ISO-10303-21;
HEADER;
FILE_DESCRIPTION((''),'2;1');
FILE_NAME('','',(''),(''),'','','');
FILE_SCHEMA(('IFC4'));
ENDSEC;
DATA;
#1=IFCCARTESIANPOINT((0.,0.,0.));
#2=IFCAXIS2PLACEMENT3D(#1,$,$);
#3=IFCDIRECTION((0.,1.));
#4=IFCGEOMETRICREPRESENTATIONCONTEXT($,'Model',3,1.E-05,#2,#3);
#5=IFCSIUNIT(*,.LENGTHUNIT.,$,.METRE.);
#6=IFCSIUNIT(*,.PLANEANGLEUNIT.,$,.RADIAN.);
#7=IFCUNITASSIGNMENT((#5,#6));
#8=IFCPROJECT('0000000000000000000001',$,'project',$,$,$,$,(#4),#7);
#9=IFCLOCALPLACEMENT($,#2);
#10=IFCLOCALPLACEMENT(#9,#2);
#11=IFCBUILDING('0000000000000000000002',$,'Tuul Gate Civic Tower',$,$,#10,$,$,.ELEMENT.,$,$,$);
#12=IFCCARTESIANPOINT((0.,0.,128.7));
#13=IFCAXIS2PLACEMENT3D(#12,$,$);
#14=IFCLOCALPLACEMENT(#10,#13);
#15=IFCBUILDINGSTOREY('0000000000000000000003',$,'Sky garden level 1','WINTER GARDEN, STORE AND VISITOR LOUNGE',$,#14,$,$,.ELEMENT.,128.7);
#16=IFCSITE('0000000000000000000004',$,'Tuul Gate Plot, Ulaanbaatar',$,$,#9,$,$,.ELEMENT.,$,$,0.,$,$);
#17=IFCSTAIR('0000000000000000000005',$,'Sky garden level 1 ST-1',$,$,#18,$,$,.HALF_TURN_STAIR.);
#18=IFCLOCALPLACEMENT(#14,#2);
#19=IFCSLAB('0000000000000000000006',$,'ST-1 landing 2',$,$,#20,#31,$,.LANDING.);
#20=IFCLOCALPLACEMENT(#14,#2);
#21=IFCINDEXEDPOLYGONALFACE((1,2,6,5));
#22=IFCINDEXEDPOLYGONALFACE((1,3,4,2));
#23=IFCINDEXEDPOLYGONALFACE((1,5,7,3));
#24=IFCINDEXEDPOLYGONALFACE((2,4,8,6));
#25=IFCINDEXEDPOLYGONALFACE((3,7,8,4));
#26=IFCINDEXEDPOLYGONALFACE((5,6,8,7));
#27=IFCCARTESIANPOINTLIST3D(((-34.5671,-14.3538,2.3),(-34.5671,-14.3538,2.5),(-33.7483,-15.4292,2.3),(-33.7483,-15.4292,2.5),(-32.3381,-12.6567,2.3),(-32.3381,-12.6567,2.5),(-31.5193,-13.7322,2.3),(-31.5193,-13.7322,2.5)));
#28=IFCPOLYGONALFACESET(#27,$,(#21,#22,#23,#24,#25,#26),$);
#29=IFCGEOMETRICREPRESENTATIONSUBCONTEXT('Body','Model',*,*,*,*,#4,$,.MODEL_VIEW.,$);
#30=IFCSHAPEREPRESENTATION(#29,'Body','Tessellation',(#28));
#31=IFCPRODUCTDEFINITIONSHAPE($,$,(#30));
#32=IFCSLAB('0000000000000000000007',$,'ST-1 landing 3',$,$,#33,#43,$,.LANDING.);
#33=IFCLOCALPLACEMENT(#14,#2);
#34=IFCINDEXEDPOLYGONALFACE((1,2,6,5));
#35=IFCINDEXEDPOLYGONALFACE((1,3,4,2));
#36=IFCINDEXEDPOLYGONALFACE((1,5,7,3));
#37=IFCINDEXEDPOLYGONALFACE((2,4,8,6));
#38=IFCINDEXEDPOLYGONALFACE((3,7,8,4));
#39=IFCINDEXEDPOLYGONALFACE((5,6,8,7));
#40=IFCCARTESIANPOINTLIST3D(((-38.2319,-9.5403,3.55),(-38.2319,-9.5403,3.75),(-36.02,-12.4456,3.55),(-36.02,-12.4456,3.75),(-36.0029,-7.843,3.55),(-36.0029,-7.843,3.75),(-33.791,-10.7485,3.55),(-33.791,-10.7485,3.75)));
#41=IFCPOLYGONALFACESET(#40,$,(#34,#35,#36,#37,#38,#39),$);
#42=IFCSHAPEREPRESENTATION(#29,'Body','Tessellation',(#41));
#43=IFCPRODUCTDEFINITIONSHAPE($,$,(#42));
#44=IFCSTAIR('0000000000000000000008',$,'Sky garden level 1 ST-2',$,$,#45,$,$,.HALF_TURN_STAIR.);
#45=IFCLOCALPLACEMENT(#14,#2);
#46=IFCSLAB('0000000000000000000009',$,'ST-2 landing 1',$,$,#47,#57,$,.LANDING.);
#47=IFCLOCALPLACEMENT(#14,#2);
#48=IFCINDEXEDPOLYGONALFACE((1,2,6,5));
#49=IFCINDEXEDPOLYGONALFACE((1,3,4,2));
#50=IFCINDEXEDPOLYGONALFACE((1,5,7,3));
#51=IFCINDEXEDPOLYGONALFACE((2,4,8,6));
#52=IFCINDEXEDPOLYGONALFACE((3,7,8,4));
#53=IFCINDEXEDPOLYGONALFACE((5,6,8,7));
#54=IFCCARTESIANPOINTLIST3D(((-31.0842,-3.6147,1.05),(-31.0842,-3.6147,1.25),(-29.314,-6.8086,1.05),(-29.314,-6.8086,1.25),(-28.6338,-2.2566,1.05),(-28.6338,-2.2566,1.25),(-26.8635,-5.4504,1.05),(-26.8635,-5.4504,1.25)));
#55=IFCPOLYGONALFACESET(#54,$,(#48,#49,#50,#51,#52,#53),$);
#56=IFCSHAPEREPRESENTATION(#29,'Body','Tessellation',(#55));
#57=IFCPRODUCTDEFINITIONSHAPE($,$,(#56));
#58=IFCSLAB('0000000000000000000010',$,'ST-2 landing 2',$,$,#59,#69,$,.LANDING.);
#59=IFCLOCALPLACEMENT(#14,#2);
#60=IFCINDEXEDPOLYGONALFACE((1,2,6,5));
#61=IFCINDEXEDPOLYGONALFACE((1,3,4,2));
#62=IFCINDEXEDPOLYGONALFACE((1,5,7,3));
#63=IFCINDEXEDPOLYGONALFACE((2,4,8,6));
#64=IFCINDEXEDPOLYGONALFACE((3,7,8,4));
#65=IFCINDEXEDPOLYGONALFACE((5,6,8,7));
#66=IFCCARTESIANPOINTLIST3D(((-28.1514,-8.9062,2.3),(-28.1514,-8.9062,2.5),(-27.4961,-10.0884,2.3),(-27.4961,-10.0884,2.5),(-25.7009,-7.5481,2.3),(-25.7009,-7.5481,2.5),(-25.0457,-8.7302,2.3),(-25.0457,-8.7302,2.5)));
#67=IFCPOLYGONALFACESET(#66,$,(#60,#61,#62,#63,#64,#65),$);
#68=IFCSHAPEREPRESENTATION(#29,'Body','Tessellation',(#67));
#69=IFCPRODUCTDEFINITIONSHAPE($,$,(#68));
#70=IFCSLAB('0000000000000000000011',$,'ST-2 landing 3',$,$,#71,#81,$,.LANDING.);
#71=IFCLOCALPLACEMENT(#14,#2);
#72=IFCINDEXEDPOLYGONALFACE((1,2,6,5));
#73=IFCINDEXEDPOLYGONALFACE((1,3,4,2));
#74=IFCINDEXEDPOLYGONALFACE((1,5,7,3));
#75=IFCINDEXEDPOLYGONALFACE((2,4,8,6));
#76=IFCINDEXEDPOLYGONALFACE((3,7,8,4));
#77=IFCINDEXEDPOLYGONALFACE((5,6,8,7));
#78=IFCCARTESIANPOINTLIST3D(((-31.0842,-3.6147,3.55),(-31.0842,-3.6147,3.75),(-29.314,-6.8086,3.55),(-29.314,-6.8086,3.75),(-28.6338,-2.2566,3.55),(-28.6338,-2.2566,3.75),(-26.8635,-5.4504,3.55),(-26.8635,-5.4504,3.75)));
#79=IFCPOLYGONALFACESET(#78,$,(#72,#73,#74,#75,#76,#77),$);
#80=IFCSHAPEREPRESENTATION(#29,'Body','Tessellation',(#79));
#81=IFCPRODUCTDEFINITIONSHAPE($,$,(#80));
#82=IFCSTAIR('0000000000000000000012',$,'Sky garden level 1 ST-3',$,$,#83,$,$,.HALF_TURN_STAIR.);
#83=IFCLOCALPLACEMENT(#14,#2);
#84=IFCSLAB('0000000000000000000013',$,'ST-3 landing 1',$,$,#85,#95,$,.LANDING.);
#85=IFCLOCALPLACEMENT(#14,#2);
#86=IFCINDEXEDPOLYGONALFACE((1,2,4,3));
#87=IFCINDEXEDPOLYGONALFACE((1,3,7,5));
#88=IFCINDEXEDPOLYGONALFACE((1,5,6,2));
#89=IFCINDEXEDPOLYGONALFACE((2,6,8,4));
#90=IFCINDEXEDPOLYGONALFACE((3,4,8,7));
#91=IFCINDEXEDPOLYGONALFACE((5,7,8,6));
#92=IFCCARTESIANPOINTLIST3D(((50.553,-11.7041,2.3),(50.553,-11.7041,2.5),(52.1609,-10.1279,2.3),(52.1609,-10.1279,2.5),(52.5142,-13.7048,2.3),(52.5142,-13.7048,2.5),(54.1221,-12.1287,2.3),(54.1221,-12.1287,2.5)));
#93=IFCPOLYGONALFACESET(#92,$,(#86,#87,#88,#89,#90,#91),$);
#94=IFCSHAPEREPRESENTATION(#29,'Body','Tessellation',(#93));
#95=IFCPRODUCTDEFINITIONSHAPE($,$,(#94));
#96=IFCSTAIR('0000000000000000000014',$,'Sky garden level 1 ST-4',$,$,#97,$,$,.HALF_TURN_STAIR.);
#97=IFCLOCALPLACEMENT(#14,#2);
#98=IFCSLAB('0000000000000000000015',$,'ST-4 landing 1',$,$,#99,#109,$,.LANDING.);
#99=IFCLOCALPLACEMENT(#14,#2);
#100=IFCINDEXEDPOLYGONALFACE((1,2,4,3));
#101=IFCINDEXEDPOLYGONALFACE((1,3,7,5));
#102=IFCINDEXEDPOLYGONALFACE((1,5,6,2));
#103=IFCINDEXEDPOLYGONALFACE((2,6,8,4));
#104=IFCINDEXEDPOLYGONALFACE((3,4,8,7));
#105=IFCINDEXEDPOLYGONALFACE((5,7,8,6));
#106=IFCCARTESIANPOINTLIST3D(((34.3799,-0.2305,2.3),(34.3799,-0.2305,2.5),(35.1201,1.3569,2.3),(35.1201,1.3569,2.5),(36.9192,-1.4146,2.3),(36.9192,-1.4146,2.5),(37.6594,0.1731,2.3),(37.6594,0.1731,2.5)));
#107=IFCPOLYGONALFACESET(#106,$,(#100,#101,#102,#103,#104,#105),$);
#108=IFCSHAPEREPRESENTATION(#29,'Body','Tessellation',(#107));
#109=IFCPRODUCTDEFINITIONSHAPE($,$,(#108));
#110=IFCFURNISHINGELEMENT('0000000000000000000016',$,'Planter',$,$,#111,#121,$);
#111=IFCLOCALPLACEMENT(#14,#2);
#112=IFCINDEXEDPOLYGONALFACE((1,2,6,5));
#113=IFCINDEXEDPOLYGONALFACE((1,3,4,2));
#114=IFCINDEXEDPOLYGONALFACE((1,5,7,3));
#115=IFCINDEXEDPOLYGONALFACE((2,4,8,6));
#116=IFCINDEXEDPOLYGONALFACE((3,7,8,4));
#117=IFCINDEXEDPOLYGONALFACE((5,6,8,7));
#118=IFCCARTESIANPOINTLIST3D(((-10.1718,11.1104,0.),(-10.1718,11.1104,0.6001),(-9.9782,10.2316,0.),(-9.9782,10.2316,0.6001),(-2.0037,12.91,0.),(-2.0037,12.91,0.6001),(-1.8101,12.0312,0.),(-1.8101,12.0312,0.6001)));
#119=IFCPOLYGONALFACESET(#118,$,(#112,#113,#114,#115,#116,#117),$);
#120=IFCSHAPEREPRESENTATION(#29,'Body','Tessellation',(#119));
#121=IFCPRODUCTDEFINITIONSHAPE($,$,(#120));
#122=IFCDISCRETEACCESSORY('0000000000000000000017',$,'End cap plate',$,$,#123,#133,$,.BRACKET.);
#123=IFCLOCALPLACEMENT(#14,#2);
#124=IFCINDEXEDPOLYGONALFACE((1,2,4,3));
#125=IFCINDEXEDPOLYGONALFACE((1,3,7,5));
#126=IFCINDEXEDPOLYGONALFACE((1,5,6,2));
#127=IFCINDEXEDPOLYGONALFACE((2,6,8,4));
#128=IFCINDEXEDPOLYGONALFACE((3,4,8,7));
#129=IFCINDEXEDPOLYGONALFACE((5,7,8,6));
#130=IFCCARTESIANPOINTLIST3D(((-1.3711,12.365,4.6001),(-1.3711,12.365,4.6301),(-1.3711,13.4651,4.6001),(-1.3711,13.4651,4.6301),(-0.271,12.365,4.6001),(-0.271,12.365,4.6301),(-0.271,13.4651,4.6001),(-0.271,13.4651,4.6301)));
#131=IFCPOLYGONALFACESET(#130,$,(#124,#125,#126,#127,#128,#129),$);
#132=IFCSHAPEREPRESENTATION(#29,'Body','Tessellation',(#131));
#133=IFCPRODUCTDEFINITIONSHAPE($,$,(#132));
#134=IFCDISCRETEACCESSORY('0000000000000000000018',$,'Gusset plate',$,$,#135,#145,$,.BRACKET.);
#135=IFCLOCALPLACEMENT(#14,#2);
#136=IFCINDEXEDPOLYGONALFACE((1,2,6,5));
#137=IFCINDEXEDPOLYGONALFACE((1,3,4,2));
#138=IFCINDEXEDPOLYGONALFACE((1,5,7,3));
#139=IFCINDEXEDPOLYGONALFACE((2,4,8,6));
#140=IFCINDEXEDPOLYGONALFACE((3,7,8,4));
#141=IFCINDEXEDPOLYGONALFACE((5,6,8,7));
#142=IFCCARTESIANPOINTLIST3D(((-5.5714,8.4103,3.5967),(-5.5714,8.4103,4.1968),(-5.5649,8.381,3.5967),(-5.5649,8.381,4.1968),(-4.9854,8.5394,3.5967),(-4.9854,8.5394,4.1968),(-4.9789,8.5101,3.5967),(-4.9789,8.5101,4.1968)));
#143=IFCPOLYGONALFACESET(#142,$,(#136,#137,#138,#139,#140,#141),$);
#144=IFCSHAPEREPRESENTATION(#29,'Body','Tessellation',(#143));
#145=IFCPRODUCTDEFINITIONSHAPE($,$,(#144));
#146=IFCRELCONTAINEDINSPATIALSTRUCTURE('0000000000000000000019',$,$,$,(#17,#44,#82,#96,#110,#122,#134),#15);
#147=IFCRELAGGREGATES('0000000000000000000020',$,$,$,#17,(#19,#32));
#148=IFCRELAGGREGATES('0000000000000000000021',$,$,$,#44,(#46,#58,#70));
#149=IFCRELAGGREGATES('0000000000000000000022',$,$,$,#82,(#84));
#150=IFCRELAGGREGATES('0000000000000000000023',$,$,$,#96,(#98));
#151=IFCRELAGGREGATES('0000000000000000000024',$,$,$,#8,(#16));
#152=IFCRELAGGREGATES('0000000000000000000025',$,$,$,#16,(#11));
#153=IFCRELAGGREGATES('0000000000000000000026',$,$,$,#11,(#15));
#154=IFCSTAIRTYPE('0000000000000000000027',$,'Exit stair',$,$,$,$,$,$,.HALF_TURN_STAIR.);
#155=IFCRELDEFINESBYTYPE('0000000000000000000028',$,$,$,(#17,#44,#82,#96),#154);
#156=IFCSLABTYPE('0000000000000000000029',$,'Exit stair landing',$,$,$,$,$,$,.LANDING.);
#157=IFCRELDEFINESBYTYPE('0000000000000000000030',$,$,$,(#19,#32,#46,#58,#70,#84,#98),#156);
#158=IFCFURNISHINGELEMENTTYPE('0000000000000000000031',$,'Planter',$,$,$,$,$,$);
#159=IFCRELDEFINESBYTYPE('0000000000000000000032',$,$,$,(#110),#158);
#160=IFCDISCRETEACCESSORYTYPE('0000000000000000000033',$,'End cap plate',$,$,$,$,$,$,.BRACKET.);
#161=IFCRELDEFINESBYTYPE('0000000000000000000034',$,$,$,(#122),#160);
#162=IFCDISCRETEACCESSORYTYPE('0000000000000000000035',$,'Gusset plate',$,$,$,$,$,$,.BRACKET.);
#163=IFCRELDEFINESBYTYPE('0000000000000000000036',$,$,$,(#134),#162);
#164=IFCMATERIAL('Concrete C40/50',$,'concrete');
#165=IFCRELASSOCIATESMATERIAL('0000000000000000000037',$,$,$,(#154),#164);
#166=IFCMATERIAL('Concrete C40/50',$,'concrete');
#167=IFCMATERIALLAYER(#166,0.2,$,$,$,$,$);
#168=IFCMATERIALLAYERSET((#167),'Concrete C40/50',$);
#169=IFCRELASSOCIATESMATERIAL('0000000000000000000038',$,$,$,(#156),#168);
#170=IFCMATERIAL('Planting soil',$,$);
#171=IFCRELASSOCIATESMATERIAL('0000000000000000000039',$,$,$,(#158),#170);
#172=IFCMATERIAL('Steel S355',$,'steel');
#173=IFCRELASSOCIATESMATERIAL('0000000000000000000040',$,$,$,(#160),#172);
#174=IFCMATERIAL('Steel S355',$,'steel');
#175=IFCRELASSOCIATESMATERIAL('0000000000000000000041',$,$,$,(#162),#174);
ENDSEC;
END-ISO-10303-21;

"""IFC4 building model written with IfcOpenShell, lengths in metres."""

from ifc_helpers import new_model, si_unit, direction, frame, origin, origin_2d, place, context, subcontext, project, spatial, polyline, rectangle, outline, extrude, material, layer, layer_set, type_object, element, aggregate, save


model = new_model("IFC4")

# Units and contexts
model_context = context("Model", 3, precision=1e-05, world=origin(), true_north=direction((0.0, 1.0)))
body_context = subcontext(model_context, "Body", "Model", "MODEL_VIEW")
ifc_project = project(units=[si_unit("LENGTHUNIT", "METRE"), si_unit("PLANEANGLEUNIT", "RADIAN")], contexts=[model_context])

# Site, building, storey
site_placement = place(None, origin())
site = spatial("IfcSite", under=ifc_project, at=site_placement, Name="Tuul Gate Plot, Ulaanbaatar", CompositionType="ELEMENT", RefElevation=0.0)
building_placement = place(site_placement, origin())
building = spatial("IfcBuilding", under=site, at=building_placement, Name="Tuul Gate Civic Tower", CompositionType="ELEMENT")
storey_placement = place(building_placement, frame((0.0, 0.0, 128.7)))
storey = spatial("IfcBuildingStorey", under=building, at=storey_placement, Name="Sky garden level 1", Description="WINTER GARDEN, STORE AND VISITOR LOUNGE", CompositionType="ELEMENT", Elevation=128.7)

# Stairs, slabs
ifc_material_1 = material(Name="Concrete C40/50", Category="concrete")
stair_type = type_object("IfcStairType", Name="Exit stair", PredefinedType="HALF_TURN_STAIR", material=ifc_material_1)
stair_1_placement = place(storey_placement, origin())
stair_1 = element("IfcStair", 1, at=stair_1_placement, inside=storey, type_object=stair_type, Name="Sky garden level 1 ST-1", PredefinedType="HALF_TURN_STAIR")
ifc_material_2 = material(Name="Concrete C40/50", Category="concrete")
ifc_layer_1 = layer(ifc_material_2, 0.2)
ifc_layer_set_1 = layer_set([ifc_layer_1], Name="Concrete C40/50")
slab_type_1 = type_object("IfcSlabType", Name="Exit stair landing", PredefinedType="LANDING", material=ifc_layer_set_1)
slab_1_placement = place(storey_placement, frame((0.0, 0.0, 2.3)))
slab_1 = element("IfcSlab", 2, at=slab_1_placement, type_object=slab_type_1, Name="ST-1 landing 2", PredefinedType="LANDING", context=body_context, shape_type="SweptSolid", body=[
    extrude(outline(polyline([(-31.5193, -13.7322), (-33.7483, -15.4292), (-34.5671, -14.3538), (-32.3381, -12.6567), (-31.5193, -13.7322)])), origin(), (0.0, 0.0, 1.0), 0.2),
])
slab_2_placement = place(storey_placement, frame((0.0, 0.0, 3.55)))
slab_2 = element("IfcSlab", 3, at=slab_2_placement, type_object=slab_type_1, Name="ST-1 landing 3", PredefinedType="LANDING", context=body_context, shape_type="SweptSolid", body=[
    extrude(outline(polyline([(-33.791, -10.7485), (-36.02, -12.4456), (-38.2319, -9.5403), (-36.0029, -7.843), (-33.791, -10.7485)])), origin(), (0.0, 0.0, 1.0), 0.2),
])
aggregate(stair_1, [slab_1, slab_2])
stair_2_placement = place(storey_placement, origin())
stair_2 = element("IfcStair", 4, at=stair_2_placement, inside=storey, type_object=stair_type, Name="Sky garden level 1 ST-2", PredefinedType="HALF_TURN_STAIR")
slab_3_placement = place(storey_placement, frame((0.0, 0.0, 1.05)))
slab_3 = element("IfcSlab", 5, at=slab_3_placement, type_object=slab_type_1, Name="ST-2 landing 1", PredefinedType="LANDING", context=body_context, shape_type="SweptSolid", body=[
    extrude(outline(polyline([(-26.8635, -5.4504), (-29.314, -6.8086), (-31.0842, -3.6147), (-28.6338, -2.2566), (-26.8635, -5.4504)])), origin(), (0.0, 0.0, 1.0), 0.2),
])
slab_4_placement = place(storey_placement, frame((0.0, 0.0, 2.3)))
slab_4 = element("IfcSlab", 6, at=slab_4_placement, type_object=slab_type_1, Name="ST-2 landing 2", PredefinedType="LANDING", context=body_context, shape_type="SweptSolid", body=[
    extrude(outline(polyline([(-25.0457, -8.7302), (-27.4961, -10.0884), (-28.1514, -8.9062), (-25.7009, -7.5481), (-25.0457, -8.7302)])), origin(), (0.0, 0.0, 1.0), 0.2),
])
slab_5_placement = place(storey_placement, frame((0.0, 0.0, 3.55)))
slab_5 = element("IfcSlab", 7, at=slab_5_placement, type_object=slab_type_1, Name="ST-2 landing 3", PredefinedType="LANDING", context=body_context, shape_type="SweptSolid", body=[
    extrude(outline(polyline([(-26.8635, -5.4504), (-29.314, -6.8086), (-31.0842, -3.6147), (-28.6338, -2.2566), (-26.8635, -5.4504)])), origin(), (0.0, 0.0, 1.0), 0.2),
])
aggregate(stair_2, [slab_3, slab_4, slab_5])

# Stairs, slabs
stair_3_placement = place(storey_placement, origin())
stair_3 = element("IfcStair", 8, at=stair_3_placement, inside=storey, type_object=stair_type, Name="Sky garden level 1 ST-3", PredefinedType="HALF_TURN_STAIR")
slab_6_placement = place(storey_placement, frame((0.0, 0.0, 2.3)))
slab_6 = element("IfcSlab", 9, at=slab_6_placement, type_object=slab_type_1, Name="ST-3 landing 1", PredefinedType="LANDING", context=body_context, shape_type="SweptSolid", body=[
    extrude(outline(polyline([(52.5142, -13.7048), (50.553, -11.7041), (52.1609, -10.1279), (54.1221, -12.1287), (52.5142, -13.7048)])), origin(), (0.0, 0.0, 1.0), 0.2),
])
aggregate(stair_3, [slab_6])
stair_4_placement = place(storey_placement, origin())
stair_4 = element("IfcStair", 10, at=stair_4_placement, inside=storey, type_object=stair_type, Name="Sky garden level 1 ST-4", PredefinedType="HALF_TURN_STAIR")
slab_7_placement = place(storey_placement, frame((0.0, 0.0, 2.3)))
slab_7 = element("IfcSlab", 11, at=slab_7_placement, type_object=slab_type_1, Name="ST-4 landing 1", PredefinedType="LANDING", context=body_context, shape_type="SweptSolid", body=[
    extrude(outline(polyline([(36.9192, -1.4146), (34.3799, -0.2305), (35.1201, 1.3569), (37.6594, 0.1731), (36.9192, -1.4146)])), origin(), (0.0, 0.0, 1.0), 0.2),
])
aggregate(stair_4, [slab_7])

# Furnishing element
ifc_material_3 = material(Name="Planting soil")
furnishing_element_type = type_object("IfcFurnishingElementType", Name="Planter", material=ifc_material_3)
furnishing_placement = place(storey_placement, frame((-5.991, 11.5708, 0.0), z_axis=(0.0, 0.0, 1.0), x_axis=(-0.976579, -0.21516, 0.0)))
element("IfcFurnishingElement", 12, at=furnishing_placement, inside=storey, type_object=furnishing_element_type, Name="Planter", context=body_context, shape_type="SweptSolid", body=[
    extrude(rectangle(XDim=8.364, YDim=0.8999, at=origin_2d()), origin(), (0.0, 0.0, 1.0), 0.6001),
])

# Discrete accessories
ifc_material_4 = material(Name="Steel S355", Category="steel")
discrete_accessory_type_1 = type_object("IfcDiscreteAccessoryType", Name="End cap plate", PredefinedType="BRACKET", material=ifc_material_4)
discrete_accessory_1_placement = place(storey_placement, frame((-0.821, 12.915, 4.6001), z_axis=(0.0, 0.0, 1.0), x_axis=(1.0, 0.0, 0.0)))
element("IfcDiscreteAccessory", 13, at=discrete_accessory_1_placement, inside=storey, type_object=discrete_accessory_type_1, Name="End cap plate", PredefinedType="BRACKET", context=body_context, shape_type="SweptSolid", body=[
    extrude(rectangle(XDim=1.1001, YDim=1.1001, at=origin_2d()), origin(), (0.0, 0.0, 1.0), 0.03),
])
ifc_material_5 = material(Name="Steel S355", Category="steel")
discrete_accessory_type_2 = type_object("IfcDiscreteAccessoryType", Name="Gusset plate", PredefinedType="BRACKET", material=ifc_material_5)
discrete_accessory_2_placement = place(storey_placement, frame((-5.2751, 8.4602, 3.5967), z_axis=(0.0, 0.0, 1.0), x_axis=(-0.976569, -0.215205, 0.0)))
element("IfcDiscreteAccessory", 14, at=discrete_accessory_2_placement, inside=storey, type_object=discrete_accessory_type_2, Name="Gusset plate", PredefinedType="BRACKET", context=body_context, shape_type="SweptSolid", body=[
    extrude(rectangle(XDim=0.6001, YDim=0.03, at=origin_2d()), origin(), (0.0, 0.0, 1.0), 0.6001),
])

save(model, "model.ifc")
